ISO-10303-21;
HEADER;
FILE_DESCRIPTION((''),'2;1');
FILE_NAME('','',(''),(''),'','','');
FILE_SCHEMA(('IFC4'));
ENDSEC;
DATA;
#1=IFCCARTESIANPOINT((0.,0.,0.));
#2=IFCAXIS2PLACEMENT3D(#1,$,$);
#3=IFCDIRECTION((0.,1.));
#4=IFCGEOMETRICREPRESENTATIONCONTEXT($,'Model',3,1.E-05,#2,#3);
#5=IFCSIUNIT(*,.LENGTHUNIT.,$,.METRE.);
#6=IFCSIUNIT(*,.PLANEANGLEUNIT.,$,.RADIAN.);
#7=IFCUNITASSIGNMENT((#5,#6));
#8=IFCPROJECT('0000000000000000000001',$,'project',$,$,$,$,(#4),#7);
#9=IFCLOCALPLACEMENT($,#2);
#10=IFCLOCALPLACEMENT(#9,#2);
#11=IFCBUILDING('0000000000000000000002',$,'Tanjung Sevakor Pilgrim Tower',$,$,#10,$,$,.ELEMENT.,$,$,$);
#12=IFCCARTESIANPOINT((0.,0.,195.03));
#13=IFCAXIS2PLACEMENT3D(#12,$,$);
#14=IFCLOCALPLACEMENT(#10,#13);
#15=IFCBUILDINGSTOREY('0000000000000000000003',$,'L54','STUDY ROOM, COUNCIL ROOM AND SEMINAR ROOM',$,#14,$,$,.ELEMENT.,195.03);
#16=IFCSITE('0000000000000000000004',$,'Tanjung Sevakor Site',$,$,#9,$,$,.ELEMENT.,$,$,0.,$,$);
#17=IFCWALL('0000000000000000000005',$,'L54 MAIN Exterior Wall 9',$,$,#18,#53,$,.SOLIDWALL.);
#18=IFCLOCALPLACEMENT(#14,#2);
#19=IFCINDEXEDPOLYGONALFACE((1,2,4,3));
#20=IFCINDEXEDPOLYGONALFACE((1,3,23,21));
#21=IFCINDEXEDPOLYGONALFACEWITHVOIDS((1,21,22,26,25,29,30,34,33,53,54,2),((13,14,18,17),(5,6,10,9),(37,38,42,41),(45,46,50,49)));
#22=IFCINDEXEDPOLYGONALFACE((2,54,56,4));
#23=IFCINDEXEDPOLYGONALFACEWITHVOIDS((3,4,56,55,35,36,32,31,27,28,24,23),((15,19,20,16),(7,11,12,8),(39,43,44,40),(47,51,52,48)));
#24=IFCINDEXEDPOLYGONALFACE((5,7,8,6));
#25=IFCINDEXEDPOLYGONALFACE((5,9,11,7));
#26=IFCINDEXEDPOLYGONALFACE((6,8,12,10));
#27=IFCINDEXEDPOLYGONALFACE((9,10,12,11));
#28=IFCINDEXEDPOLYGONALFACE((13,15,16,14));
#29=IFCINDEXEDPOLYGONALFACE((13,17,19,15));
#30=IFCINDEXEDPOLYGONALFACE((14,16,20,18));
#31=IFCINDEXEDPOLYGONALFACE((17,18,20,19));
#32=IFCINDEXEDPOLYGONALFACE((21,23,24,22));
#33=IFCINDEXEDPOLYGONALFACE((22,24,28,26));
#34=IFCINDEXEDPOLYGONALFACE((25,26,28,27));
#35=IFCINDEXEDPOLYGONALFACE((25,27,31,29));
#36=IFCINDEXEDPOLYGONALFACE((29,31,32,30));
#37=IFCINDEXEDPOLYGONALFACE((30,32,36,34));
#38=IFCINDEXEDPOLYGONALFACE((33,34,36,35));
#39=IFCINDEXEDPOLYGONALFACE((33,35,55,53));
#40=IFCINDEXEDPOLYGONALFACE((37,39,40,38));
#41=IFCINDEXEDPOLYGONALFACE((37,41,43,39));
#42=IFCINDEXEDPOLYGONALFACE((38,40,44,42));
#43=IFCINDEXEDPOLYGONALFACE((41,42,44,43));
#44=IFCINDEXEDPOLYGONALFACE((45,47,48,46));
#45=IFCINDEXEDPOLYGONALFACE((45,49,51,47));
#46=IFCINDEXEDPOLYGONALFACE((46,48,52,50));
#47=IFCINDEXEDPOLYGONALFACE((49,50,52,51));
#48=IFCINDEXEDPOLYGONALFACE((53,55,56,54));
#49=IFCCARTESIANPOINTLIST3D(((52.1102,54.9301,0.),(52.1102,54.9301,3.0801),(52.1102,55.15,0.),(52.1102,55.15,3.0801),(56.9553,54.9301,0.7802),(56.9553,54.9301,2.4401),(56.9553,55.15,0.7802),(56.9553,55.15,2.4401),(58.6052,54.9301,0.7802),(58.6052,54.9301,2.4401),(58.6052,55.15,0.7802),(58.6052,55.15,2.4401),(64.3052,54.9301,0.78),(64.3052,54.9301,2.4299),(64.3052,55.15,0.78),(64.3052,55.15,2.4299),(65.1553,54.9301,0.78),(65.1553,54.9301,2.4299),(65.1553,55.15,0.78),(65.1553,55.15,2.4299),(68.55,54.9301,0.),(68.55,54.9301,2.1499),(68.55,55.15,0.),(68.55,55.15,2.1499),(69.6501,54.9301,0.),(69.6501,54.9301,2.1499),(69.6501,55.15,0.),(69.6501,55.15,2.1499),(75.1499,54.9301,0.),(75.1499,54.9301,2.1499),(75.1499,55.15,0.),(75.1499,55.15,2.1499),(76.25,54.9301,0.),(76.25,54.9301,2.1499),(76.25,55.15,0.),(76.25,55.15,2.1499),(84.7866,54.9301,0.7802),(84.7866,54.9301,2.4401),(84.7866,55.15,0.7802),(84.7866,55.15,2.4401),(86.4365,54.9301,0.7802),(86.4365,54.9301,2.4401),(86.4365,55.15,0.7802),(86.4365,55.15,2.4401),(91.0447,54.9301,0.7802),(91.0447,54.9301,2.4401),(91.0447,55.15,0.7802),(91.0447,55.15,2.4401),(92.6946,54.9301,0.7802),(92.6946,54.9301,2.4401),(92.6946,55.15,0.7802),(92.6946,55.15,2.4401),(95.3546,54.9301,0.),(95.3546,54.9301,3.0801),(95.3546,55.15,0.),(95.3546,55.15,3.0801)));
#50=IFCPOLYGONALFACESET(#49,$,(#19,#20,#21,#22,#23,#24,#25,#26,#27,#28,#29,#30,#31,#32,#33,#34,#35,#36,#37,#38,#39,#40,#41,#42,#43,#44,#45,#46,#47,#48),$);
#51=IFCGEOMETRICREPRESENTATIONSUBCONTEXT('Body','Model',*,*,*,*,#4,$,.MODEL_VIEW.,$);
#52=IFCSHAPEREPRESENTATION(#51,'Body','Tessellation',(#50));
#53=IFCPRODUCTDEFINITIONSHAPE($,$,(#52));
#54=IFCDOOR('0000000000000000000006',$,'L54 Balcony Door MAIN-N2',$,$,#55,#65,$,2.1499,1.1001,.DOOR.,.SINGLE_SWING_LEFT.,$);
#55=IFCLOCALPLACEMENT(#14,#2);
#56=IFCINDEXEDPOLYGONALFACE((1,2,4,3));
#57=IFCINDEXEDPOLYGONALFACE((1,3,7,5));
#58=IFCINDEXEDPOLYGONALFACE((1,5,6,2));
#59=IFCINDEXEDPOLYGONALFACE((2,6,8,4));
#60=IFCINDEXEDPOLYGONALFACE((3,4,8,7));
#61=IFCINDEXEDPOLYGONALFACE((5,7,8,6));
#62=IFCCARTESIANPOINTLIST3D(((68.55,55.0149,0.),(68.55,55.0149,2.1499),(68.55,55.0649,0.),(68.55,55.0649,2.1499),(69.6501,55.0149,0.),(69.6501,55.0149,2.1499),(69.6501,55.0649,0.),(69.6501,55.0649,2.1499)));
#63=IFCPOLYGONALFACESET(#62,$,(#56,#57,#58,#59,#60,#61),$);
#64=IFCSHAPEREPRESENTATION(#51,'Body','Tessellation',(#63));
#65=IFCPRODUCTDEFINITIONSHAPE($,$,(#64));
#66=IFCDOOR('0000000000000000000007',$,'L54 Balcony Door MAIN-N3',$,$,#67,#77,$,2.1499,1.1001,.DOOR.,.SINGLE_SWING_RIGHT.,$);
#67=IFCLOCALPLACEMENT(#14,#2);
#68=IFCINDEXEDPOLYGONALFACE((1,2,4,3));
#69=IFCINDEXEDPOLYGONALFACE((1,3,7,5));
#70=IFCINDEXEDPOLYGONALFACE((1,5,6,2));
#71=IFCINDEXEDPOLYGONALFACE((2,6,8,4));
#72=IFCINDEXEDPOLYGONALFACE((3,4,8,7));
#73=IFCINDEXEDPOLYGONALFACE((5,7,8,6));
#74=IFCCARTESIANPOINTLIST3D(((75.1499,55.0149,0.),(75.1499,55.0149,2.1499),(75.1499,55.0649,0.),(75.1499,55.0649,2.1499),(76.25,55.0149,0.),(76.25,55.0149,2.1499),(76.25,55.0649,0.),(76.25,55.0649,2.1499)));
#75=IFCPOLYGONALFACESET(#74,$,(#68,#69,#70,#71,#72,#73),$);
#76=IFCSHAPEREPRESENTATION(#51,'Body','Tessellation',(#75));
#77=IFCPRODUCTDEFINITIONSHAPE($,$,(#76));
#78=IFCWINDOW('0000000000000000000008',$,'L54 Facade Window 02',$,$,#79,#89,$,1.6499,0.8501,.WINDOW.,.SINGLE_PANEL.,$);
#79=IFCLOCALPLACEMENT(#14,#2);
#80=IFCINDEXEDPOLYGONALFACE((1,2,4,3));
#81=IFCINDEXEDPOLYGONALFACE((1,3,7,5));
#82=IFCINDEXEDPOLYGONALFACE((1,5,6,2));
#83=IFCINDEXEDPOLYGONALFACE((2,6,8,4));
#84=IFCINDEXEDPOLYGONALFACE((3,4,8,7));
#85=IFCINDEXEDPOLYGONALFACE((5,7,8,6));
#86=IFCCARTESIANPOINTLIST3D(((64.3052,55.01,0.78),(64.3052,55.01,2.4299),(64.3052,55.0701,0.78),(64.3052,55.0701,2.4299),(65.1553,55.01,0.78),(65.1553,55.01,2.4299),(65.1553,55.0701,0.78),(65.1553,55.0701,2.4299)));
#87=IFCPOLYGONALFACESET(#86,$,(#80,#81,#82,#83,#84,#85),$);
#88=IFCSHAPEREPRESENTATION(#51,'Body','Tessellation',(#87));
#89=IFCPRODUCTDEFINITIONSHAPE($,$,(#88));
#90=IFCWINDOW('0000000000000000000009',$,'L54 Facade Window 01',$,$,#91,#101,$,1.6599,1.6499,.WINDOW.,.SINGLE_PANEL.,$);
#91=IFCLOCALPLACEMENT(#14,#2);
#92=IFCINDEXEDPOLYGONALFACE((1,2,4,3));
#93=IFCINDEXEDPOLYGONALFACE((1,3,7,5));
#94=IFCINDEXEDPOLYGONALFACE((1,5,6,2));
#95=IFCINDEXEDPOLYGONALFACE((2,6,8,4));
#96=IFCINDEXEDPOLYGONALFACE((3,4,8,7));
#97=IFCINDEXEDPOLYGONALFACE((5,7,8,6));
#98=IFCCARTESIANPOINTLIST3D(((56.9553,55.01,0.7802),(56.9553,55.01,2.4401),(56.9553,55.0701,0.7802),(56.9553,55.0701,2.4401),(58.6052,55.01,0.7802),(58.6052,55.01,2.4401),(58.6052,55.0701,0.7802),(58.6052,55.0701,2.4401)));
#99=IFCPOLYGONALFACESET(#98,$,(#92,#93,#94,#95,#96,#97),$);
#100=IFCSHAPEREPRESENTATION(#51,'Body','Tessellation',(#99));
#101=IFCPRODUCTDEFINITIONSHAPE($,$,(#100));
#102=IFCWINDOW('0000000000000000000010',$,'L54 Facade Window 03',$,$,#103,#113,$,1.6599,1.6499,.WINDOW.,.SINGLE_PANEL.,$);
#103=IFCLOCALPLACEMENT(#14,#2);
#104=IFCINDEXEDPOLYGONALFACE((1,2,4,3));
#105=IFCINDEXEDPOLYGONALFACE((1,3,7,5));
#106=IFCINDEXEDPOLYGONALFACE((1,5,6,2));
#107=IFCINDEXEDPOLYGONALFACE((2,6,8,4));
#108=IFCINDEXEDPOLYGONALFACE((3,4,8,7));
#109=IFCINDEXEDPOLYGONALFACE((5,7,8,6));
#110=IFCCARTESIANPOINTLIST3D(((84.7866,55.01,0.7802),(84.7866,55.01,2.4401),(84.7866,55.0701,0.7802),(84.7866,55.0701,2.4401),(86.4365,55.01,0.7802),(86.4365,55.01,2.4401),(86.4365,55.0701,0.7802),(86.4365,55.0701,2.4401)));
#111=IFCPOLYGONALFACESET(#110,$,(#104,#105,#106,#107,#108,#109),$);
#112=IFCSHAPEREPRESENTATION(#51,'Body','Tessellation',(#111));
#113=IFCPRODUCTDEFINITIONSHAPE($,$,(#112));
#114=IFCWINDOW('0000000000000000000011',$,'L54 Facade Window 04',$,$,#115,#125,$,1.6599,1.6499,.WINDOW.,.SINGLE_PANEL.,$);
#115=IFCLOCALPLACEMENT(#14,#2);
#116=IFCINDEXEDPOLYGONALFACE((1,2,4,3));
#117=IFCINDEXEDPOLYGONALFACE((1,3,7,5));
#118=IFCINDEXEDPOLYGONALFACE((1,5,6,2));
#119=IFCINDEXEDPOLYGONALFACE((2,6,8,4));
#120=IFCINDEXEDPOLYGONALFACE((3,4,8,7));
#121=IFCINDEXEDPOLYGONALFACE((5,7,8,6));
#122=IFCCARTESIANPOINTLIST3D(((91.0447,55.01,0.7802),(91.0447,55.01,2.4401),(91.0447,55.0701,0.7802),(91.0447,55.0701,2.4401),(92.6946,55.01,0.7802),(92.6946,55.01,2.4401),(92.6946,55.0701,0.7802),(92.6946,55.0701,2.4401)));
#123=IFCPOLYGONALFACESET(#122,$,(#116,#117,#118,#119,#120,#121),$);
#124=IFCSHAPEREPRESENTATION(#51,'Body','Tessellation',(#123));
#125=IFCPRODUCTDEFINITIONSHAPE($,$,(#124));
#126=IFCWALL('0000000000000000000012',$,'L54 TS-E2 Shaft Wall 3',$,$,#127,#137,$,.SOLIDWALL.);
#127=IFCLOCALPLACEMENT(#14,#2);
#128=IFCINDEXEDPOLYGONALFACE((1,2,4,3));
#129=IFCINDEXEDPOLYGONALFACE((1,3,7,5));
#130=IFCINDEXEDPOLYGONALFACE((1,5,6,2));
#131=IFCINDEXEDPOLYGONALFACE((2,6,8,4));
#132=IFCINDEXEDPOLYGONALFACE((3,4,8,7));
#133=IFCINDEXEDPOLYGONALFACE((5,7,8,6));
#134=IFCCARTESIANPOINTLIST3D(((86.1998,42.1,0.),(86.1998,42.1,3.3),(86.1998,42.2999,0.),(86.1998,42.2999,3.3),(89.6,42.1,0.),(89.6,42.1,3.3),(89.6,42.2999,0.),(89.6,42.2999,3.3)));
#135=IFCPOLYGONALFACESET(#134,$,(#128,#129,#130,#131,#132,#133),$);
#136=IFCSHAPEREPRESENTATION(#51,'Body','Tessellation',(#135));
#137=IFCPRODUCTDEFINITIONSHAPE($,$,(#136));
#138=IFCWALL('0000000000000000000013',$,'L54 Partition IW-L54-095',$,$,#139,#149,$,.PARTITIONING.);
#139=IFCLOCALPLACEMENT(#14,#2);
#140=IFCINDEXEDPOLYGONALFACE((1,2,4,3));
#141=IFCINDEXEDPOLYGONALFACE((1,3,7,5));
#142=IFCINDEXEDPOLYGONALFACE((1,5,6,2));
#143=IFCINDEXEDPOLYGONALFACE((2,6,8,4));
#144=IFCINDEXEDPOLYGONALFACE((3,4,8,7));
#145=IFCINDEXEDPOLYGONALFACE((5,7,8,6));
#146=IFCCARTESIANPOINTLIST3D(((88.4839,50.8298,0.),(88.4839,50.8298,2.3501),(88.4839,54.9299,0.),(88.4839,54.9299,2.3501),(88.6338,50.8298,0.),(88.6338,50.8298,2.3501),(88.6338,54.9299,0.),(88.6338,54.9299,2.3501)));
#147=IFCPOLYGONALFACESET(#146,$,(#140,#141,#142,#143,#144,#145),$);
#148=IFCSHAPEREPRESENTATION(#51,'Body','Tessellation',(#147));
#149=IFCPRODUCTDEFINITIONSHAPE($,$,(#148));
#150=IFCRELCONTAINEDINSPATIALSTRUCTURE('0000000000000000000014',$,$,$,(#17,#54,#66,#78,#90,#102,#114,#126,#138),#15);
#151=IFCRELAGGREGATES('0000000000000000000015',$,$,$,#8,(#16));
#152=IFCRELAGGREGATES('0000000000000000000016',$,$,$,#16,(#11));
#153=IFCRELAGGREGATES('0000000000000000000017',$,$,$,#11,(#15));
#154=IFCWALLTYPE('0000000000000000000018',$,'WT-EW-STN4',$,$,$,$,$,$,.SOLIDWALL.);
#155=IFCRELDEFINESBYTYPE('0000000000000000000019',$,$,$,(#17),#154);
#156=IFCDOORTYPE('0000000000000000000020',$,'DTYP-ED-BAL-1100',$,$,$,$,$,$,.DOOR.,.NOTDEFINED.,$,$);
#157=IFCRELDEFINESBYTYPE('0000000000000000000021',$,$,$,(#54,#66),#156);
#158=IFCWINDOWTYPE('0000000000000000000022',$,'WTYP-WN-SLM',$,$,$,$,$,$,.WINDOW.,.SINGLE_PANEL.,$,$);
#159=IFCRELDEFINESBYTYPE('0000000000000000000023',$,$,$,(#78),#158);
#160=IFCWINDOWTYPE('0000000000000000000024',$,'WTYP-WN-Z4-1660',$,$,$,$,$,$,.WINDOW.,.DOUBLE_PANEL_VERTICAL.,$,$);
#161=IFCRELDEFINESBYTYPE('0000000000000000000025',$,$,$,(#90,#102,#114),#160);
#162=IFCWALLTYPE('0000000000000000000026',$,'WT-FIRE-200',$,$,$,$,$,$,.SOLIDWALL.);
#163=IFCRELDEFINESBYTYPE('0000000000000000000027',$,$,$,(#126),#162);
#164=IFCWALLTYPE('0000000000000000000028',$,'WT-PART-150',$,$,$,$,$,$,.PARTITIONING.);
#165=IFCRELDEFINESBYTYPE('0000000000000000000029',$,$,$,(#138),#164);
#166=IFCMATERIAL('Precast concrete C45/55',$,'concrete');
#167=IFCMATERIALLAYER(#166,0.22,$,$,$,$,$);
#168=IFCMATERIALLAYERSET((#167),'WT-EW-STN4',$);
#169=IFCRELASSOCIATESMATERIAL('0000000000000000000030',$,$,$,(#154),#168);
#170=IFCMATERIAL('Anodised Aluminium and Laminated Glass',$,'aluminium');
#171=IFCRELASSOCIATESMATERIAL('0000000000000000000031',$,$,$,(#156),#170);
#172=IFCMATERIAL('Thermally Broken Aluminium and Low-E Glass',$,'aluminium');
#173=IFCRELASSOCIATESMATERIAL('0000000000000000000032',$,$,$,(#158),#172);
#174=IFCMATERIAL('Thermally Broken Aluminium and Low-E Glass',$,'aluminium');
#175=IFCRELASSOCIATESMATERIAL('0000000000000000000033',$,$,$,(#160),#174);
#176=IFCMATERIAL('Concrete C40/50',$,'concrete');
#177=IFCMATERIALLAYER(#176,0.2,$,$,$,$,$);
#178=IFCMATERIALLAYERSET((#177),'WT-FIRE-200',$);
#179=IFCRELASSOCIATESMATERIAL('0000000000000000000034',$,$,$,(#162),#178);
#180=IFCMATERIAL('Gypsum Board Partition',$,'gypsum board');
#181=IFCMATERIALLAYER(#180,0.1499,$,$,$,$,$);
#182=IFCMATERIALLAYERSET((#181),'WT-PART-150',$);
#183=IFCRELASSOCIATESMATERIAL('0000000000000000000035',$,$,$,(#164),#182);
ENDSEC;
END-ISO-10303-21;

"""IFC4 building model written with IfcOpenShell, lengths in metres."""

from ifc_helpers import new_model, si_unit, direction, frame, frame_2d, origin, place, context, subcontext, project, spatial, rectangle, extrude, material, layer, layer_set, type_object, element, fill, save


model = new_model("IFC4")

# Units and contexts
model_context = context("Model", 3, precision=1e-05, world=origin(), true_north=direction((0.0, 1.0)))
body_context = subcontext(model_context, "Body", "Model", "MODEL_VIEW")
ifc_project = project(units=[si_unit("LENGTHUNIT", "METRE"), si_unit("PLANEANGLEUNIT", "RADIAN")], contexts=[model_context])

# Site, building, storey
site_placement = place(None, origin())
site = spatial("IfcSite", under=ifc_project, at=site_placement, Name="Tanjung Sevakor Site", CompositionType="ELEMENT", RefElevation=0.0)
building_placement = place(site_placement, origin())
building = spatial("IfcBuilding", under=site, at=building_placement, Name="Tanjung Sevakor Pilgrim Tower", CompositionType="ELEMENT")
storey_placement = place(building_placement, frame((0.0, 0.0, 195.03)))
storey = spatial("IfcBuildingStorey", under=building, at=storey_placement, Name="L54", Description="STUDY ROOM, COUNCIL ROOM AND SEMINAR ROOM", CompositionType="ELEMENT", Elevation=195.03)

# Shared definitions
ifc_material_1 = material(Name="Precast concrete C45/55", Category="concrete")
ifc_layer_1 = layer(ifc_material_1, 0.22)
ifc_layer_set_1 = layer_set([ifc_layer_1], Name="WT-EW-STN4")
wall_type_1 = type_object("IfcWallType", Name="WT-EW-STN4", PredefinedType="SOLIDWALL", material=ifc_layer_set_1)

# Wall, openings, doors, windows
wall_1_placement = place(storey_placement, frame((95.3545, 55.04, 0.0), z_axis=(0.0, 0.0, 1.0), x_axis=(-1.0, 0.0, 0.0)))
wall_1 = element("IfcWall", 1, at=wall_1_placement, inside=storey, type_object=wall_type_1, Name="L54 MAIN Exterior Wall 9", PredefinedType="SOLIDWALL", context=body_context, shape_type="SweptSolid", body=[
    extrude(rectangle(XDim=43.2444, YDim=0.22, at=frame_2d((21.6221, 0.0))), origin(), (0.0, 0.0, 1.0), 3.0801),
])
opening_1_placement = place(wall_1_placement, frame((25.7043, 0.0, 0.0)))
opening_1 = element("IfcOpeningElement", 2, at=opening_1_placement, cuts=wall_1, PredefinedType="OPENING", context=body_context, shape_type="SweptSolid", body=[
    extrude(rectangle(XDim=1.1001, YDim=2.1499, at=frame_2d((0.55, 1.075))), frame((0.0, 0.1199, 0.0), z_axis=(0.0, -1.0, 0.0), x_axis=(1.0, 0.0, 0.0)), (0.0, 0.0, 1.0), 0.24),
])
opening_2_placement = place(wall_1_placement, frame((19.1045, 0.0, 0.0)))
opening_2 = element("IfcOpeningElement", 3, at=opening_2_placement, cuts=wall_1, PredefinedType="OPENING", context=body_context, shape_type="SweptSolid", body=[
    extrude(rectangle(XDim=1.1001, YDim=2.1499, at=frame_2d((0.55, 1.075))), frame((0.0, 0.1199, 0.0), z_axis=(0.0, -1.0, 0.0), x_axis=(1.0, 0.0, 0.0)), (0.0, 0.0, 1.0), 0.24),
])
opening_3_placement = place(wall_1_placement, frame((36.7493, 0.0, 0.78)))
opening_3 = element("IfcOpeningElement", 4, at=opening_3_placement, cuts=wall_1, PredefinedType="OPENING", context=body_context, shape_type="SweptSolid", body=[
    extrude(rectangle(XDim=1.6499, YDim=1.6599, at=frame_2d((0.825, 0.8301))), frame((0.0, 0.1199, 0.0), z_axis=(0.0, -1.0, 0.0), x_axis=(1.0, 0.0, 0.0)), (0.0, 0.0, 1.0), 0.24),
])
opening_4_placement = place(wall_1_placement, frame((30.1992, 0.0, 0.78)))
opening_4 = element("IfcOpeningElement", 5, at=opening_4_placement, cuts=wall_1, PredefinedType="OPENING", context=body_context, shape_type="SweptSolid", body=[
    extrude(rectangle(XDim=0.8501, YDim=1.6499, at=frame_2d((0.425, 0.825))), frame((0.0, 0.1199, 0.0), z_axis=(0.0, -1.0, 0.0), x_axis=(1.0, 0.0, 0.0)), (0.0, 0.0, 1.0), 0.24),
])
opening_5_placement = place(wall_1_placement, frame((8.918, 0.0, 0.78)))
opening_5 = element("IfcOpeningElement", 6, at=opening_5_placement, cuts=wall_1, PredefinedType="OPENING", context=body_context, shape_type="SweptSolid", body=[
    extrude(rectangle(XDim=1.6499, YDim=1.6599, at=frame_2d((0.825, 0.8301))), frame((0.0, 0.1199, 0.0), z_axis=(0.0, -1.0, 0.0), x_axis=(1.0, 0.0, 0.0)), (0.0, 0.0, 1.0), 0.24),
])
opening_6_placement = place(wall_1_placement, frame((2.6599, 0.0, 0.78)))
opening_6 = element("IfcOpeningElement", 7, at=opening_6_placement, cuts=wall_1, PredefinedType="OPENING", context=body_context, shape_type="SweptSolid", body=[
    extrude(rectangle(XDim=1.6499, YDim=1.6599, at=frame_2d((0.825, 0.8301))), frame((0.0, 0.1199, 0.0), z_axis=(0.0, -1.0, 0.0), x_axis=(1.0, 0.0, 0.0)), (0.0, 0.0, 1.0), 0.24),
])
ifc_material_2 = material(Name="Anodised Aluminium and Laminated Glass", Category="aluminium")
door_type = type_object("IfcDoorType", Name="DTYP-ED-BAL-1100", OperationType="NOTDEFINED", PredefinedType="DOOR", material=ifc_material_2)
door_1_placement = place(opening_1_placement, frame((1.1001, 0.0, 0.0), z_axis=(0.0, 0.0, 1.0), x_axis=(-1.0, 0.0, 0.0)))
door_1 = element("IfcDoor", 8, at=door_1_placement, inside=storey, type_object=door_type, Name="L54 Balcony Door MAIN-N2", OperationType="SINGLE_SWING_LEFT", OverallHeight=2.1499, OverallWidth=1.1001, PredefinedType="DOOR", context=body_context, shape_type="SweptSolid", body=[
    extrude(rectangle(XDim=1.1001, YDim=2.1499, at=frame_2d((0.55, 1.075))), frame((0.0, 0.0249, 0.0), z_axis=(0.0, -1.0, 0.0), x_axis=(1.0, 0.0, 0.0)), (0.0, 0.0, 1.0), 0.05),
])
fill(opening_1, door_1)
door_2_placement = place(opening_2_placement, frame((1.1001, 0.0, 0.0), z_axis=(0.0, 0.0, 1.0), x_axis=(-1.0, 0.0, 0.0)))
door_2 = element("IfcDoor", 9, at=door_2_placement, inside=storey, type_object=door_type, Name="L54 Balcony Door MAIN-N3", OperationType="SINGLE_SWING_RIGHT", OverallHeight=2.1499, OverallWidth=1.1001, PredefinedType="DOOR", context=body_context, shape_type="SweptSolid", body=[
    extrude(rectangle(XDim=1.1001, YDim=2.1499, at=frame_2d((0.55, 1.075))), frame((0.0, 0.0249, 0.0), z_axis=(0.0, -1.0, 0.0), x_axis=(1.0, 0.0, 0.0)), (0.0, 0.0, 1.0), 0.05),
])
fill(opening_2, door_2)
ifc_material_3 = material(Name="Thermally Broken Aluminium and Low-E Glass", Category="aluminium")
window_type_1 = type_object("IfcWindowType", Name="WTYP-WN-SLM", PartitioningType="SINGLE_PANEL", PredefinedType="WINDOW", material=ifc_material_3)
window_1_placement = place(opening_4_placement, origin())
window_1 = element("IfcWindow", 10, at=window_1_placement, inside=storey, type_object=window_type_1, Name="L54 Facade Window 02", OverallHeight=1.6499, OverallWidth=0.8501, PartitioningType="SINGLE_PANEL", PredefinedType="WINDOW", context=body_context, shape_type="SweptSolid", body=[
    extrude(rectangle(XDim=0.8501, YDim=1.6499, at=frame_2d((0.425, 0.825))), frame((0.0, 0.03, 0.0), z_axis=(0.0, -1.0, 0.0), x_axis=(1.0, 0.0, 0.0)), (0.0, 0.0, 1.0), 0.0601),
])
fill(opening_4, window_1)
ifc_material_4 = material(Name="Thermally Broken Aluminium and Low-E Glass", Category="aluminium")
window_type_2 = type_object("IfcWindowType", Name="WTYP-WN-Z4-1660", PartitioningType="DOUBLE_PANEL_VERTICAL", PredefinedType="WINDOW", material=ifc_material_4)
window_2_placement = place(opening_3_placement, origin())
window_2 = element("IfcWindow", 11, at=window_2_placement, inside=storey, type_object=window_type_2, Name="L54 Facade Window 01", OverallHeight=1.6599, OverallWidth=1.6499, PartitioningType="SINGLE_PANEL", PredefinedType="WINDOW", context=body_context, shape_type="SweptSolid", body=[
    extrude(rectangle(XDim=1.6499, YDim=1.6599, at=frame_2d((0.825, 0.8301))), frame((0.0, 0.03, 0.0), z_axis=(0.0, -1.0, 0.0), x_axis=(1.0, 0.0, 0.0)), (0.0, 0.0, 1.0), 0.0601),
])
fill(opening_3, window_2)
window_3_placement = place(opening_5_placement, origin())
window_3 = element("IfcWindow", 12, at=window_3_placement, inside=storey, type_object=window_type_2, Name="L54 Facade Window 03", OverallHeight=1.6599, OverallWidth=1.6499, PartitioningType="SINGLE_PANEL", PredefinedType="WINDOW", context=body_context, shape_type="SweptSolid", body=[
    extrude(rectangle(XDim=1.6499, YDim=1.6599, at=frame_2d((0.825, 0.8301))), frame((0.0, 0.03, 0.0), z_axis=(0.0, -1.0, 0.0), x_axis=(1.0, 0.0, 0.0)), (0.0, 0.0, 1.0), 0.0601),
])
fill(opening_5, window_3)
window_4_placement = place(opening_6_placement, origin())
window_4 = element("IfcWindow", 13, at=window_4_placement, inside=storey, type_object=window_type_2, Name="L54 Facade Window 04", OverallHeight=1.6599, OverallWidth=1.6499, PartitioningType="SINGLE_PANEL", PredefinedType="WINDOW", context=body_context, shape_type="SweptSolid", body=[
    extrude(rectangle(XDim=1.6499, YDim=1.6599, at=frame_2d((0.825, 0.8301))), frame((0.0, 0.03, 0.0), z_axis=(0.0, -1.0, 0.0), x_axis=(1.0, 0.0, 0.0)), (0.0, 0.0, 1.0), 0.0601),
])
fill(opening_6, window_4)

# Walls
ifc_material_5 = material(Name="Concrete C40/50", Category="concrete")
ifc_layer_2 = layer(ifc_material_5, 0.2)
ifc_layer_set_2 = layer_set([ifc_layer_2], Name="WT-FIRE-200")
wall_type_2 = type_object("IfcWallType", Name="WT-FIRE-200", PredefinedType="SOLIDWALL", material=ifc_layer_set_2)
wall_2_placement = place(storey_placement, frame((89.6001, 42.2, 0.0), z_axis=(0.0, 0.0, 1.0), x_axis=(-1.0, 0.0, 0.0)))
element("IfcWall", 14, at=wall_2_placement, inside=storey, type_object=wall_type_2, Name="L54 TS-E2 Shaft Wall 3", PredefinedType="SOLIDWALL", context=body_context, shape_type="SweptSolid", body=[
    extrude(rectangle(XDim=3.4001, YDim=0.2, at=frame_2d((1.7002, 0.0))), origin(), (0.0, 0.0, 1.0), 3.3),
])
ifc_material_6 = material(Name="Gypsum Board Partition", Category="gypsum board")
ifc_layer_3 = layer(ifc_material_6, 0.1499)
ifc_layer_set_3 = layer_set([ifc_layer_3], Name="WT-PART-150")
wall_type_3 = type_object("IfcWallType", Name="WT-PART-150", PredefinedType="PARTITIONING", material=ifc_layer_set_3)
wall_3_placement = place(storey_placement, frame((88.5588, 50.8298, 0.0), z_axis=(0.0, 0.0, 1.0), x_axis=(0.0, 1.0, 0.0)))
element("IfcWall", 15, at=wall_3_placement, inside=storey, type_object=wall_type_3, Name="L54 Partition IW-L54-095", PredefinedType="PARTITIONING", context=body_context, shape_type="SweptSolid", body=[
    extrude(rectangle(XDim=4.1001, YDim=0.1499, at=frame_2d((2.05, 0.0))), origin(), (0.0, 0.0, 1.0), 2.3501),
])

save(model, "model.ifc")
